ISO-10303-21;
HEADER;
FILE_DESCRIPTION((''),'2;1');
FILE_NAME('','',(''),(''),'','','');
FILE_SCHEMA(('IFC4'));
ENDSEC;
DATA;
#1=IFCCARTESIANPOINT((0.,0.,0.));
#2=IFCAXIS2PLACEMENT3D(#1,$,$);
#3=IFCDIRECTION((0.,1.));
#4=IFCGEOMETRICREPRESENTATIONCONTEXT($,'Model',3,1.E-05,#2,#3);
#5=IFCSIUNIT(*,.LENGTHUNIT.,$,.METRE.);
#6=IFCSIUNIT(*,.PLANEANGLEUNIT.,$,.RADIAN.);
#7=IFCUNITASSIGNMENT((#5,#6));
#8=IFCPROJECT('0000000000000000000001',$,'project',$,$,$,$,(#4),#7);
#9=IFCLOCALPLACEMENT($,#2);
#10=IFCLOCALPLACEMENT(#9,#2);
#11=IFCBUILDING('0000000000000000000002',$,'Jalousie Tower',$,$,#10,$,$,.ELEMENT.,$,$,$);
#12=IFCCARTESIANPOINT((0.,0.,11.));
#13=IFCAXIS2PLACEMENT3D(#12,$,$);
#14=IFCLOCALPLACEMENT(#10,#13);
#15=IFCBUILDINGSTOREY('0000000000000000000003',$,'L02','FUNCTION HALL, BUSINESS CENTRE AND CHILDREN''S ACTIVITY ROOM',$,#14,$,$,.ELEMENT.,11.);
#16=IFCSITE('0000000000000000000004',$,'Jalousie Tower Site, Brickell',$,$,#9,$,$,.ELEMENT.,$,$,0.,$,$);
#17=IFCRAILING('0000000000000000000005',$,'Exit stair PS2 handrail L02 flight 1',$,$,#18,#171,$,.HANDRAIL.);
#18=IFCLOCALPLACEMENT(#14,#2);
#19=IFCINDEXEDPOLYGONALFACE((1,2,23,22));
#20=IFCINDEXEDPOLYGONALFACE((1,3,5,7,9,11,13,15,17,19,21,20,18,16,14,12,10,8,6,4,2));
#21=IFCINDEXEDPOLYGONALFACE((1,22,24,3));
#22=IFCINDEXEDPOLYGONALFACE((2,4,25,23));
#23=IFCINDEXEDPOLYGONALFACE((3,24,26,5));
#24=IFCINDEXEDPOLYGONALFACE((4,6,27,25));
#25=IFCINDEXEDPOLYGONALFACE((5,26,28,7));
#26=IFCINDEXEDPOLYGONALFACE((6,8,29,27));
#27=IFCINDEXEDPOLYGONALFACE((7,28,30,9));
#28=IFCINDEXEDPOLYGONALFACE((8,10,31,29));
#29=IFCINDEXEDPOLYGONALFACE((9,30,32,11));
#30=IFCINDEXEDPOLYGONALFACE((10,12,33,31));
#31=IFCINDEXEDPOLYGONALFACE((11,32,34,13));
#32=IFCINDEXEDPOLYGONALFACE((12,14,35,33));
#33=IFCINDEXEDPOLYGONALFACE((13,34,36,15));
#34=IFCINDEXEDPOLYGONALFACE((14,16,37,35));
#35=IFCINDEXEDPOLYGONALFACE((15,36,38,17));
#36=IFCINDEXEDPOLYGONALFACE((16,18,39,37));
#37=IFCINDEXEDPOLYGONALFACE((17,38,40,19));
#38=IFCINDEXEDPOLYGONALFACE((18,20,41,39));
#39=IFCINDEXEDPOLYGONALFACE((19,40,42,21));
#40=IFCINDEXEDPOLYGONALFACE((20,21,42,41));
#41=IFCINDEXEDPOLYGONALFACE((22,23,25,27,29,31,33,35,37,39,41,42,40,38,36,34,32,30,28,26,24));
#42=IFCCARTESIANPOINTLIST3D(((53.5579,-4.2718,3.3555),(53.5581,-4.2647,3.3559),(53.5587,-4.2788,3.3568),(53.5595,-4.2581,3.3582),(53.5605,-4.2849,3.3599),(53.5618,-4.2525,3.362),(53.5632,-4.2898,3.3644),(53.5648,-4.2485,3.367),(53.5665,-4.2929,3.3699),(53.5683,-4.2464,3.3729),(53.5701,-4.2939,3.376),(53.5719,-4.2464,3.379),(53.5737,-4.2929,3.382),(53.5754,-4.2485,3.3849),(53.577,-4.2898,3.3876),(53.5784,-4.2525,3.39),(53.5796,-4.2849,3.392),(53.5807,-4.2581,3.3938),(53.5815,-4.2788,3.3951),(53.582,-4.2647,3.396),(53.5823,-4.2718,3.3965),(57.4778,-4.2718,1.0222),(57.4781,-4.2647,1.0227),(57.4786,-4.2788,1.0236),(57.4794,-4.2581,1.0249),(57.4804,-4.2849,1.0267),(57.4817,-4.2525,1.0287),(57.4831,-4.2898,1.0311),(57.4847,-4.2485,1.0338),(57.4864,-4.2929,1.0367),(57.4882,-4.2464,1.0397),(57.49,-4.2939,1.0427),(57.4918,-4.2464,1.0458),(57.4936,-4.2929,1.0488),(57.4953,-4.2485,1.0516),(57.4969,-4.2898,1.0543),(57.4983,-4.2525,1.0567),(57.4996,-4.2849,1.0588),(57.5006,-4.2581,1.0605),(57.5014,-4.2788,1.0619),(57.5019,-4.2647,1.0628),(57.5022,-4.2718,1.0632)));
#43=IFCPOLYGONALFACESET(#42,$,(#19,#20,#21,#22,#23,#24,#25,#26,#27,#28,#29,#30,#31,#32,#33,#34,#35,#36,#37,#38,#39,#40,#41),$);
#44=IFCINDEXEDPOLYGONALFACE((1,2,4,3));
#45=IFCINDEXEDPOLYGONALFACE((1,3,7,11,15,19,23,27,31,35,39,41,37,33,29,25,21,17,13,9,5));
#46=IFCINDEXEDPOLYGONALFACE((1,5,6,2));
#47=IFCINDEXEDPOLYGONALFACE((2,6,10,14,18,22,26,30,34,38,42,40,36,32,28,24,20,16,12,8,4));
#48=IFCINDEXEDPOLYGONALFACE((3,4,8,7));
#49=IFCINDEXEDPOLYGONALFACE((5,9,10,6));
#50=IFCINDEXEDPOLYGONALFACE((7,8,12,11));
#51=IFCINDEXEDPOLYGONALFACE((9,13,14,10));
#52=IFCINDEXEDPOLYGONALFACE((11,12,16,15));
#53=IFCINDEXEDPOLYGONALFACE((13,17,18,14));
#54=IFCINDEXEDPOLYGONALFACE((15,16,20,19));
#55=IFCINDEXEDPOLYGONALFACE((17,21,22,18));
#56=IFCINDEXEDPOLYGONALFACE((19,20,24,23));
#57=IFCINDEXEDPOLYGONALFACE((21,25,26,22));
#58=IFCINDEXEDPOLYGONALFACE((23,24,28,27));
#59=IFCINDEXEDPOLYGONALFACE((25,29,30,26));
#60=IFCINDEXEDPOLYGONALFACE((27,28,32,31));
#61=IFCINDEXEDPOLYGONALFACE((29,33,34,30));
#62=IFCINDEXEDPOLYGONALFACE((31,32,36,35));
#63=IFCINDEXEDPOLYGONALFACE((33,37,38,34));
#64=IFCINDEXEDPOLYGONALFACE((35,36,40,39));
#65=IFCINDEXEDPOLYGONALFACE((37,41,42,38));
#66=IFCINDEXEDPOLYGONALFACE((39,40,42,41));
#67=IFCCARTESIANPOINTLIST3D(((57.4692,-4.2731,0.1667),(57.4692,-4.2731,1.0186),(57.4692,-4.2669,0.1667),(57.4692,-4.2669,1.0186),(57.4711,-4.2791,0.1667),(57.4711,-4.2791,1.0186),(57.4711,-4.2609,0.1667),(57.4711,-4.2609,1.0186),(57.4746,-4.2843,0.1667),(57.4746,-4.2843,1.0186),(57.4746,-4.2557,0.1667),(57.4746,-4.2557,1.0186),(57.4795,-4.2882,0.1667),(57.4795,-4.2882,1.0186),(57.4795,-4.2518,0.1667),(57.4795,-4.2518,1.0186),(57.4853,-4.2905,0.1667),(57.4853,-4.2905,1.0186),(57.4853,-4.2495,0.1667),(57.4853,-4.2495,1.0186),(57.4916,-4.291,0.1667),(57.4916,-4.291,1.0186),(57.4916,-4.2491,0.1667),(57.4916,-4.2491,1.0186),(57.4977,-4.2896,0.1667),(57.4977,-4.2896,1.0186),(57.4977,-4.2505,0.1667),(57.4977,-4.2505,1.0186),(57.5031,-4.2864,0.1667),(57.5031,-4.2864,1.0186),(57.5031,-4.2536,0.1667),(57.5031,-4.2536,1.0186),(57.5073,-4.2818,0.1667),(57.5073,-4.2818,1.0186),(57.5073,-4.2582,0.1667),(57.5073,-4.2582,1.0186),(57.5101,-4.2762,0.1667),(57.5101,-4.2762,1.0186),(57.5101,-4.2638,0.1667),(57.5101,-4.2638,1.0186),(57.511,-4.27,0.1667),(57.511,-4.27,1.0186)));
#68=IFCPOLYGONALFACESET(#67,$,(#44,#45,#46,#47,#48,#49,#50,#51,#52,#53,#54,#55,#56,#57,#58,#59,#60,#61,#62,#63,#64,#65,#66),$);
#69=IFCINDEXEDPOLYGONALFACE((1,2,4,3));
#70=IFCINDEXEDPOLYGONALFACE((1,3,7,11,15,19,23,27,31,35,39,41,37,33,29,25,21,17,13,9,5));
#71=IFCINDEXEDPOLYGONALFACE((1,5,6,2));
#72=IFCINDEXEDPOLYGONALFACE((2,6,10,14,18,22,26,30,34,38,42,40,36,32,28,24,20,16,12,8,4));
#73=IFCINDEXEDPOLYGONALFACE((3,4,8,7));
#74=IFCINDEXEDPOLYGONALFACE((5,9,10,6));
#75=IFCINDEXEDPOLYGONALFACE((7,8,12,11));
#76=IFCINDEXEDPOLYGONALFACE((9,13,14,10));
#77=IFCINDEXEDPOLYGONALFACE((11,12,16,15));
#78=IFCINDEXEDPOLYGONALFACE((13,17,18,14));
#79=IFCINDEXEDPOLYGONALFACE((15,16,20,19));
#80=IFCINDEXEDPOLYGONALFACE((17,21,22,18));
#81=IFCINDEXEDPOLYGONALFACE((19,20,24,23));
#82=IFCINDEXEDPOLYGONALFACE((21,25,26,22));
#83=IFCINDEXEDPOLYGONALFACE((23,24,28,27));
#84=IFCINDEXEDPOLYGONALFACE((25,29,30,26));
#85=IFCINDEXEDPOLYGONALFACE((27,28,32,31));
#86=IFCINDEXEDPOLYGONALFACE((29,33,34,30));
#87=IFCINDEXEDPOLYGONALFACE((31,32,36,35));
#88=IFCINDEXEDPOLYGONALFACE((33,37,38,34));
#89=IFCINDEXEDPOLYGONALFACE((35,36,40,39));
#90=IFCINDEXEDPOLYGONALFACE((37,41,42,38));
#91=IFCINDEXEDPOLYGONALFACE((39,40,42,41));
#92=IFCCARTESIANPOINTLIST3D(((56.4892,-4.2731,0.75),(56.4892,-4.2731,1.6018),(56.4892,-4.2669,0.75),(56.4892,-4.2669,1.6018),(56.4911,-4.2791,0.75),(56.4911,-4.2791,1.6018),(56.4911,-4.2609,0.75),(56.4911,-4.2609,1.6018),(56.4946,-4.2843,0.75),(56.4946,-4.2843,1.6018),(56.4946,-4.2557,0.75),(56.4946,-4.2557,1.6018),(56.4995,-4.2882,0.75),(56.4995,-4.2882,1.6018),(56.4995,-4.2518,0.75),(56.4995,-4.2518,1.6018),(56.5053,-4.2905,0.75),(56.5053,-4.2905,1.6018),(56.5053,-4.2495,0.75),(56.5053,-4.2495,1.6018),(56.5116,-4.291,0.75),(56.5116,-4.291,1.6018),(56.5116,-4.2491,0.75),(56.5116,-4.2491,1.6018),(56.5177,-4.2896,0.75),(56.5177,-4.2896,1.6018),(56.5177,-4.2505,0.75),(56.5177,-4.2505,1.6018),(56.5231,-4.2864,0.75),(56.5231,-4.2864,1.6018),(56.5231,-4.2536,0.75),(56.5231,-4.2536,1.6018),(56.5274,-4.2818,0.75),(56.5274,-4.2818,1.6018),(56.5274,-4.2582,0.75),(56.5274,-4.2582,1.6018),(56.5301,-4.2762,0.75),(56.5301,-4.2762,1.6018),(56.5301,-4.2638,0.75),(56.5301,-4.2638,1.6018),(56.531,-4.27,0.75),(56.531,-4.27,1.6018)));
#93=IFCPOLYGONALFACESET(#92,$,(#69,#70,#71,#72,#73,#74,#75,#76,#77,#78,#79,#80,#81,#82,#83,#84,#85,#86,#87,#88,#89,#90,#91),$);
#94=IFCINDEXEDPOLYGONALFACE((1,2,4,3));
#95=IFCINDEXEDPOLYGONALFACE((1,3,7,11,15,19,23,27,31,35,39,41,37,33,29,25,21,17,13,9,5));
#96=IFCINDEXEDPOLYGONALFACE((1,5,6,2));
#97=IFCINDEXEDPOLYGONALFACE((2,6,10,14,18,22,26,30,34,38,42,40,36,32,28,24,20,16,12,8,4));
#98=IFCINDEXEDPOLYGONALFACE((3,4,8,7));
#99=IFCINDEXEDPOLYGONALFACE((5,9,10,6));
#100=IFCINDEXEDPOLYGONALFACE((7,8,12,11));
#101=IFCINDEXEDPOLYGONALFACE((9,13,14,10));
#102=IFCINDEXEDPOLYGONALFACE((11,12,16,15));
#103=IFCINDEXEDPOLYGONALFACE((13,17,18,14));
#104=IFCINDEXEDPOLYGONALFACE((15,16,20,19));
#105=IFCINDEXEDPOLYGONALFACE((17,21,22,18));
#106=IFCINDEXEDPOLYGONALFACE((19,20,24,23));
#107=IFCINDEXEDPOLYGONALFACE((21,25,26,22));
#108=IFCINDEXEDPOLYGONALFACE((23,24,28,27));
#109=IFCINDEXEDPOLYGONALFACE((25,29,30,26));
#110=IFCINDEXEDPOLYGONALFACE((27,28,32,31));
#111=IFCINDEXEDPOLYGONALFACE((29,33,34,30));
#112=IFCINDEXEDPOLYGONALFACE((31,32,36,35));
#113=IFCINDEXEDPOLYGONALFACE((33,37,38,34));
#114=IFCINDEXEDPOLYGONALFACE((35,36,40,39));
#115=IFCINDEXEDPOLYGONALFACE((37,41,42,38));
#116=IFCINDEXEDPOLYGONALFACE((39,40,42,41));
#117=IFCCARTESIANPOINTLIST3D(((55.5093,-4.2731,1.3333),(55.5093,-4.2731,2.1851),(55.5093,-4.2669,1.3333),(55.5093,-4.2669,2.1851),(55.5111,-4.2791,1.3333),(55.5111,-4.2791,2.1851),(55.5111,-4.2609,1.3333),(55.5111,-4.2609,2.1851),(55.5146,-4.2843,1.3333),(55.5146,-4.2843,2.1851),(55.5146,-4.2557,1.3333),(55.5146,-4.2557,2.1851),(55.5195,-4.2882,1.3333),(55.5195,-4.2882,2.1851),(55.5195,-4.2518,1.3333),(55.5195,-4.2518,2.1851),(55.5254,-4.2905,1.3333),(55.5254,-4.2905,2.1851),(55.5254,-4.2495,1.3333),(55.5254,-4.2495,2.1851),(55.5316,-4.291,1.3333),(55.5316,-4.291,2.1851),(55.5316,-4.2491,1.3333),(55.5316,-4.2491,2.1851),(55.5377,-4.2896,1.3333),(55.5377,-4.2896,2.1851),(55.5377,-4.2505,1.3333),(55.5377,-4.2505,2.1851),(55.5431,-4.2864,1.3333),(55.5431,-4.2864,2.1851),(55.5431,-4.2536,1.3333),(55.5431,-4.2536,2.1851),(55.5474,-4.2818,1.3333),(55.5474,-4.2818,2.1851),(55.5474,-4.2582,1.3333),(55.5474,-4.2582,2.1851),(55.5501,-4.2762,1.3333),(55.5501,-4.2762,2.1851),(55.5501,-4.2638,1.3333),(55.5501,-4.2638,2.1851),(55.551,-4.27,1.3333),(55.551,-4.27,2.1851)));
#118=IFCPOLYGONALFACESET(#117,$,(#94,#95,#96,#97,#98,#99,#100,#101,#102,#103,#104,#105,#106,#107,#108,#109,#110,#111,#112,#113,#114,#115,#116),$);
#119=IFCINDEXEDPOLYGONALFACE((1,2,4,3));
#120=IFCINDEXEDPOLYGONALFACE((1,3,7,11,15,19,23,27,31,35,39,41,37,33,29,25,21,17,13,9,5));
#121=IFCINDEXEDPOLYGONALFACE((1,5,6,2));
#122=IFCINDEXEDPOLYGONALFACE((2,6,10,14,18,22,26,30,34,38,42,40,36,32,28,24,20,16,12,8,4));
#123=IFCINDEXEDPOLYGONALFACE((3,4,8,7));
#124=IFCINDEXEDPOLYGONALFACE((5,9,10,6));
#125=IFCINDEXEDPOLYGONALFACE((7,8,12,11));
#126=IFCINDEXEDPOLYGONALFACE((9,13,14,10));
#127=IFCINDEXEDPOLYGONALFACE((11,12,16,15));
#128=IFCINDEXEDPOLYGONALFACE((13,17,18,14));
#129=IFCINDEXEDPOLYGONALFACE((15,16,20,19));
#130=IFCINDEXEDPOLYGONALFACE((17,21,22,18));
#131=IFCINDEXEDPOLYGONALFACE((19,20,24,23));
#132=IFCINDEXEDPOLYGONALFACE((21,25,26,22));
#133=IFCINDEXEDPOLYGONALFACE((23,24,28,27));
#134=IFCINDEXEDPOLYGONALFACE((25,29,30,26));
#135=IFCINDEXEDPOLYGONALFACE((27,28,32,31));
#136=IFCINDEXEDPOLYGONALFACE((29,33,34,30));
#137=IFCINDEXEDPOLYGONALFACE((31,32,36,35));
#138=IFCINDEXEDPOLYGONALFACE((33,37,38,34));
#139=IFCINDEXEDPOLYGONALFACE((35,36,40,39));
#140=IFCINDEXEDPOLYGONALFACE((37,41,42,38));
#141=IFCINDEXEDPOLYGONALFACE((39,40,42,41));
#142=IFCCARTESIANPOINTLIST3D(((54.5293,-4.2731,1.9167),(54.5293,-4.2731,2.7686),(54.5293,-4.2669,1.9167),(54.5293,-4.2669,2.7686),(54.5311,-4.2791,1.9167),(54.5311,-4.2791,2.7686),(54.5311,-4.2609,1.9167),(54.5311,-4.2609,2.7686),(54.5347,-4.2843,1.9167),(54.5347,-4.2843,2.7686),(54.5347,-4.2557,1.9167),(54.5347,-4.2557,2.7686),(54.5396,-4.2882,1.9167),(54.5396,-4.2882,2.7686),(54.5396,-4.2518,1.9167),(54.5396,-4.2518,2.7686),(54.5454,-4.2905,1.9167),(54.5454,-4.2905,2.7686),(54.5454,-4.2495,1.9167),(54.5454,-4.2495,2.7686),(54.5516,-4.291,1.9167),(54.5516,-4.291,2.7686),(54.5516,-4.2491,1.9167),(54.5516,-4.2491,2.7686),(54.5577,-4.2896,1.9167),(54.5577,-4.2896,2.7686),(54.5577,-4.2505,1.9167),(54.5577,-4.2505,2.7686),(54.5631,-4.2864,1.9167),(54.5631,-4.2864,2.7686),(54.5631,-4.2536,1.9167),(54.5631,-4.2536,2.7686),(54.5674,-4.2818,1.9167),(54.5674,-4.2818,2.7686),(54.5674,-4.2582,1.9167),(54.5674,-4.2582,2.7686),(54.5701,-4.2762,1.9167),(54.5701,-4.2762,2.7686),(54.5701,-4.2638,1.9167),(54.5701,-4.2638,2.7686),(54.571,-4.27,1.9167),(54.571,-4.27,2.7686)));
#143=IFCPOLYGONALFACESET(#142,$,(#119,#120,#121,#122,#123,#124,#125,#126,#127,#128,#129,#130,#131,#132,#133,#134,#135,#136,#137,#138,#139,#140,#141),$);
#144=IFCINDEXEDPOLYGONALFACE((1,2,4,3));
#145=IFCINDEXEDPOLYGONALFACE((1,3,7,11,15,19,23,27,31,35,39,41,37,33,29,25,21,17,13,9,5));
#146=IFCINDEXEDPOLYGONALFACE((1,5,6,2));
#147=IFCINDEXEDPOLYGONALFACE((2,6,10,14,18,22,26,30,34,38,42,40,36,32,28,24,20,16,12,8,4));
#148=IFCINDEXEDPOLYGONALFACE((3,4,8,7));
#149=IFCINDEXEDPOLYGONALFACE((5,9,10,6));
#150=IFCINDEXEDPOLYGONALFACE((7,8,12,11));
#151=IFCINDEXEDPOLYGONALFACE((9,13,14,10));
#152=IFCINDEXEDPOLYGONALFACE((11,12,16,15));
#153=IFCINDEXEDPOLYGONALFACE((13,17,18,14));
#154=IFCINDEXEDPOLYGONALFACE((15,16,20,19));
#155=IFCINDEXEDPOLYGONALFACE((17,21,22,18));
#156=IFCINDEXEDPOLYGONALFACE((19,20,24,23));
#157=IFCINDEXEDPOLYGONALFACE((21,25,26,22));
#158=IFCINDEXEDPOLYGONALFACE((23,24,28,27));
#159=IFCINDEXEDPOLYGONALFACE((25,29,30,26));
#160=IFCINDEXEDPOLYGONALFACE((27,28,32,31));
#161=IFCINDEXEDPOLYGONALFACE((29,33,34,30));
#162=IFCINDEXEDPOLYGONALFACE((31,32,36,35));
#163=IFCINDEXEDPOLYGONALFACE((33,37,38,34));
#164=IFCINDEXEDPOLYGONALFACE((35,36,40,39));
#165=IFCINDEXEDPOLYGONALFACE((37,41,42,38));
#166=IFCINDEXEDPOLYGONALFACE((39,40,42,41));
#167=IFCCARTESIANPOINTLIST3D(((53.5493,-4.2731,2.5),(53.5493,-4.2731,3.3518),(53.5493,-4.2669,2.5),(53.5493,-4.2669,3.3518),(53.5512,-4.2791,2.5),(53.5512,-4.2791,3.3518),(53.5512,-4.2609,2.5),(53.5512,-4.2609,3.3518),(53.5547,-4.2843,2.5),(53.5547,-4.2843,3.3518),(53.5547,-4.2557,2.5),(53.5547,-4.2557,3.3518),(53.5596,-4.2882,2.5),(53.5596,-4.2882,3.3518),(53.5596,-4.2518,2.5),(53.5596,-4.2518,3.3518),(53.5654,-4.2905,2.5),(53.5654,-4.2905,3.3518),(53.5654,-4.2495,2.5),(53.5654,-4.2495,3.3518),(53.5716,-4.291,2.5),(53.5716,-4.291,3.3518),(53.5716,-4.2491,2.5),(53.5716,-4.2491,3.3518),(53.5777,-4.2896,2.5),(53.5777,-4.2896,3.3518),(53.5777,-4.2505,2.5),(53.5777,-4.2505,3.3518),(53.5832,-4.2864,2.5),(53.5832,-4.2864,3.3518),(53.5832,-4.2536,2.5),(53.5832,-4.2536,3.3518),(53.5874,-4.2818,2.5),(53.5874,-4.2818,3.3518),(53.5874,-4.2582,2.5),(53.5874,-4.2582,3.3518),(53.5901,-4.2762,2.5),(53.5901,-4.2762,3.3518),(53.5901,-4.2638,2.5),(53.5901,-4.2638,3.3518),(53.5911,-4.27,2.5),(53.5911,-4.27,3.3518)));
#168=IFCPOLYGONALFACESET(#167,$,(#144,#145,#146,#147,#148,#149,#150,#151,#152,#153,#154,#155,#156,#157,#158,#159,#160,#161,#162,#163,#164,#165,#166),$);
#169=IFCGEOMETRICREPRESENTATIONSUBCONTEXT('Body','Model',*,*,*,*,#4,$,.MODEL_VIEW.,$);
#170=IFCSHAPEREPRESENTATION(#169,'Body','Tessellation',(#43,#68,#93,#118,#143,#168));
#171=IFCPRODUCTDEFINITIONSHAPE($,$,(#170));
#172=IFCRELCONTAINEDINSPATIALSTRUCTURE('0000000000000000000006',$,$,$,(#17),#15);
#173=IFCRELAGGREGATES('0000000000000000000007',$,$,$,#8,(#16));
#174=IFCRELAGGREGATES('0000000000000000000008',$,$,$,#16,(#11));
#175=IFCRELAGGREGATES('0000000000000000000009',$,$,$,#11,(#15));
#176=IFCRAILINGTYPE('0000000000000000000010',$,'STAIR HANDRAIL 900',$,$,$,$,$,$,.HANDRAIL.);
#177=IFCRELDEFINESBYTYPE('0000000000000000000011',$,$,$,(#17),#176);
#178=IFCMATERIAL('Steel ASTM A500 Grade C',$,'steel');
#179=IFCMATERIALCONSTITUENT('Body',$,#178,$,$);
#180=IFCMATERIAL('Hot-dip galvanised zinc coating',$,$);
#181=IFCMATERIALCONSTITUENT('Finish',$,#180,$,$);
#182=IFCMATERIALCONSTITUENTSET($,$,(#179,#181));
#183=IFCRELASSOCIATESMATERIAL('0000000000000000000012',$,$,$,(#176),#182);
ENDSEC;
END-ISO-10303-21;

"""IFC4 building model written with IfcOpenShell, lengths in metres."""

from ifc_helpers import new_model, si_unit, direction, frame, origin, origin_2d, place, context, subcontext, project, spatial, circle, extrude, material, constituent, constituent_set, type_object, element, save


model = new_model("IFC4")

# Units and contexts
model_context = context("Model", 3, precision=1e-05, world=origin(), true_north=direction((0.0, 1.0)))
body_context = subcontext(model_context, "Body", "Model", "MODEL_VIEW")
ifc_project = project(units=[si_unit("LENGTHUNIT", "METRE"), si_unit("PLANEANGLEUNIT", "RADIAN")], contexts=[model_context])

# Site, building, storey
site_placement = place(None, origin())
site = spatial("IfcSite", under=ifc_project, at=site_placement, Name="Jalousie Tower Site, Brickell", CompositionType="ELEMENT", RefElevation=0.0)
building_placement = place(site_placement, origin())
building = spatial("IfcBuilding", under=site, at=building_placement, Name="Jalousie Tower", CompositionType="ELEMENT")
storey_placement = place(building_placement, frame((0.0, 0.0, 11.0)))
storey = spatial("IfcBuildingStorey", under=building, at=storey_placement, Name="L02", Description="FUNCTION HALL, BUSINESS CENTRE AND CHILDREN'S ACTIVITY ROOM", CompositionType="ELEMENT", Elevation=11.0)

# Railing
ifc_material_1 = material(Name="Steel ASTM A500 Grade C", Category="steel")
ifc_constituent_1 = constituent(ifc_material_1, Name="Body")
ifc_material_2 = material(Name="Hot-dip galvanised zinc coating")
ifc_constituent_2 = constituent(ifc_material_2, Name="Finish")
ifc_constituent_set_1 = constituent_set(constituents=[ifc_constituent_1, ifc_constituent_2])
railing_type_1 = type_object("IfcRailingType", Name="STAIR HANDRAIL 900", PredefinedType="HANDRAIL", material=ifc_constituent_set_1)
railing_1_placement = place(storey_placement, frame((57.49, -4.27, 0.1667)))
element("IfcRailing", 1, at=railing_1_placement, inside=storey, type_object=railing_type_1, Name="Exit stair PS2 handrail L02 flight 1", PredefinedType="HANDRAIL", context=body_context, shape_type="SweptSolid", body=[
    extrude(circle(Radius=0.0239, at=origin_2d()), frame((0.0, 0.0, 0.876), z_axis=(-0.859296, 0.0, 0.511478), x_axis=(0.0, -1.0, 0.0)), (0.0, 0.0, 1.0), 4.5618),
    extrude(circle(Radius=0.021, at=origin_2d()), origin(), (0.0, 0.0, 1.0), 0.8518),
    extrude(circle(Radius=0.021, at=origin_2d()), frame((-0.98, 0.0, 0.5833)), (0.0, 0.0, 1.0), 0.8518),
    extrude(circle(Radius=0.021, at=origin_2d()), frame((-1.96, 0.0, 1.1665)), (0.0, 0.0, 1.0), 0.8518),
    extrude(circle(Radius=0.021, at=origin_2d()), frame((-2.9399, 0.0, 1.75)), (0.0, 0.0, 1.0), 0.8518),
    extrude(circle(Radius=0.021, at=origin_2d()), frame((-3.9199, 0.0, 2.3333)), (0.0, 0.0, 1.0), 0.8518),
])

save(model, "model.ifc")
